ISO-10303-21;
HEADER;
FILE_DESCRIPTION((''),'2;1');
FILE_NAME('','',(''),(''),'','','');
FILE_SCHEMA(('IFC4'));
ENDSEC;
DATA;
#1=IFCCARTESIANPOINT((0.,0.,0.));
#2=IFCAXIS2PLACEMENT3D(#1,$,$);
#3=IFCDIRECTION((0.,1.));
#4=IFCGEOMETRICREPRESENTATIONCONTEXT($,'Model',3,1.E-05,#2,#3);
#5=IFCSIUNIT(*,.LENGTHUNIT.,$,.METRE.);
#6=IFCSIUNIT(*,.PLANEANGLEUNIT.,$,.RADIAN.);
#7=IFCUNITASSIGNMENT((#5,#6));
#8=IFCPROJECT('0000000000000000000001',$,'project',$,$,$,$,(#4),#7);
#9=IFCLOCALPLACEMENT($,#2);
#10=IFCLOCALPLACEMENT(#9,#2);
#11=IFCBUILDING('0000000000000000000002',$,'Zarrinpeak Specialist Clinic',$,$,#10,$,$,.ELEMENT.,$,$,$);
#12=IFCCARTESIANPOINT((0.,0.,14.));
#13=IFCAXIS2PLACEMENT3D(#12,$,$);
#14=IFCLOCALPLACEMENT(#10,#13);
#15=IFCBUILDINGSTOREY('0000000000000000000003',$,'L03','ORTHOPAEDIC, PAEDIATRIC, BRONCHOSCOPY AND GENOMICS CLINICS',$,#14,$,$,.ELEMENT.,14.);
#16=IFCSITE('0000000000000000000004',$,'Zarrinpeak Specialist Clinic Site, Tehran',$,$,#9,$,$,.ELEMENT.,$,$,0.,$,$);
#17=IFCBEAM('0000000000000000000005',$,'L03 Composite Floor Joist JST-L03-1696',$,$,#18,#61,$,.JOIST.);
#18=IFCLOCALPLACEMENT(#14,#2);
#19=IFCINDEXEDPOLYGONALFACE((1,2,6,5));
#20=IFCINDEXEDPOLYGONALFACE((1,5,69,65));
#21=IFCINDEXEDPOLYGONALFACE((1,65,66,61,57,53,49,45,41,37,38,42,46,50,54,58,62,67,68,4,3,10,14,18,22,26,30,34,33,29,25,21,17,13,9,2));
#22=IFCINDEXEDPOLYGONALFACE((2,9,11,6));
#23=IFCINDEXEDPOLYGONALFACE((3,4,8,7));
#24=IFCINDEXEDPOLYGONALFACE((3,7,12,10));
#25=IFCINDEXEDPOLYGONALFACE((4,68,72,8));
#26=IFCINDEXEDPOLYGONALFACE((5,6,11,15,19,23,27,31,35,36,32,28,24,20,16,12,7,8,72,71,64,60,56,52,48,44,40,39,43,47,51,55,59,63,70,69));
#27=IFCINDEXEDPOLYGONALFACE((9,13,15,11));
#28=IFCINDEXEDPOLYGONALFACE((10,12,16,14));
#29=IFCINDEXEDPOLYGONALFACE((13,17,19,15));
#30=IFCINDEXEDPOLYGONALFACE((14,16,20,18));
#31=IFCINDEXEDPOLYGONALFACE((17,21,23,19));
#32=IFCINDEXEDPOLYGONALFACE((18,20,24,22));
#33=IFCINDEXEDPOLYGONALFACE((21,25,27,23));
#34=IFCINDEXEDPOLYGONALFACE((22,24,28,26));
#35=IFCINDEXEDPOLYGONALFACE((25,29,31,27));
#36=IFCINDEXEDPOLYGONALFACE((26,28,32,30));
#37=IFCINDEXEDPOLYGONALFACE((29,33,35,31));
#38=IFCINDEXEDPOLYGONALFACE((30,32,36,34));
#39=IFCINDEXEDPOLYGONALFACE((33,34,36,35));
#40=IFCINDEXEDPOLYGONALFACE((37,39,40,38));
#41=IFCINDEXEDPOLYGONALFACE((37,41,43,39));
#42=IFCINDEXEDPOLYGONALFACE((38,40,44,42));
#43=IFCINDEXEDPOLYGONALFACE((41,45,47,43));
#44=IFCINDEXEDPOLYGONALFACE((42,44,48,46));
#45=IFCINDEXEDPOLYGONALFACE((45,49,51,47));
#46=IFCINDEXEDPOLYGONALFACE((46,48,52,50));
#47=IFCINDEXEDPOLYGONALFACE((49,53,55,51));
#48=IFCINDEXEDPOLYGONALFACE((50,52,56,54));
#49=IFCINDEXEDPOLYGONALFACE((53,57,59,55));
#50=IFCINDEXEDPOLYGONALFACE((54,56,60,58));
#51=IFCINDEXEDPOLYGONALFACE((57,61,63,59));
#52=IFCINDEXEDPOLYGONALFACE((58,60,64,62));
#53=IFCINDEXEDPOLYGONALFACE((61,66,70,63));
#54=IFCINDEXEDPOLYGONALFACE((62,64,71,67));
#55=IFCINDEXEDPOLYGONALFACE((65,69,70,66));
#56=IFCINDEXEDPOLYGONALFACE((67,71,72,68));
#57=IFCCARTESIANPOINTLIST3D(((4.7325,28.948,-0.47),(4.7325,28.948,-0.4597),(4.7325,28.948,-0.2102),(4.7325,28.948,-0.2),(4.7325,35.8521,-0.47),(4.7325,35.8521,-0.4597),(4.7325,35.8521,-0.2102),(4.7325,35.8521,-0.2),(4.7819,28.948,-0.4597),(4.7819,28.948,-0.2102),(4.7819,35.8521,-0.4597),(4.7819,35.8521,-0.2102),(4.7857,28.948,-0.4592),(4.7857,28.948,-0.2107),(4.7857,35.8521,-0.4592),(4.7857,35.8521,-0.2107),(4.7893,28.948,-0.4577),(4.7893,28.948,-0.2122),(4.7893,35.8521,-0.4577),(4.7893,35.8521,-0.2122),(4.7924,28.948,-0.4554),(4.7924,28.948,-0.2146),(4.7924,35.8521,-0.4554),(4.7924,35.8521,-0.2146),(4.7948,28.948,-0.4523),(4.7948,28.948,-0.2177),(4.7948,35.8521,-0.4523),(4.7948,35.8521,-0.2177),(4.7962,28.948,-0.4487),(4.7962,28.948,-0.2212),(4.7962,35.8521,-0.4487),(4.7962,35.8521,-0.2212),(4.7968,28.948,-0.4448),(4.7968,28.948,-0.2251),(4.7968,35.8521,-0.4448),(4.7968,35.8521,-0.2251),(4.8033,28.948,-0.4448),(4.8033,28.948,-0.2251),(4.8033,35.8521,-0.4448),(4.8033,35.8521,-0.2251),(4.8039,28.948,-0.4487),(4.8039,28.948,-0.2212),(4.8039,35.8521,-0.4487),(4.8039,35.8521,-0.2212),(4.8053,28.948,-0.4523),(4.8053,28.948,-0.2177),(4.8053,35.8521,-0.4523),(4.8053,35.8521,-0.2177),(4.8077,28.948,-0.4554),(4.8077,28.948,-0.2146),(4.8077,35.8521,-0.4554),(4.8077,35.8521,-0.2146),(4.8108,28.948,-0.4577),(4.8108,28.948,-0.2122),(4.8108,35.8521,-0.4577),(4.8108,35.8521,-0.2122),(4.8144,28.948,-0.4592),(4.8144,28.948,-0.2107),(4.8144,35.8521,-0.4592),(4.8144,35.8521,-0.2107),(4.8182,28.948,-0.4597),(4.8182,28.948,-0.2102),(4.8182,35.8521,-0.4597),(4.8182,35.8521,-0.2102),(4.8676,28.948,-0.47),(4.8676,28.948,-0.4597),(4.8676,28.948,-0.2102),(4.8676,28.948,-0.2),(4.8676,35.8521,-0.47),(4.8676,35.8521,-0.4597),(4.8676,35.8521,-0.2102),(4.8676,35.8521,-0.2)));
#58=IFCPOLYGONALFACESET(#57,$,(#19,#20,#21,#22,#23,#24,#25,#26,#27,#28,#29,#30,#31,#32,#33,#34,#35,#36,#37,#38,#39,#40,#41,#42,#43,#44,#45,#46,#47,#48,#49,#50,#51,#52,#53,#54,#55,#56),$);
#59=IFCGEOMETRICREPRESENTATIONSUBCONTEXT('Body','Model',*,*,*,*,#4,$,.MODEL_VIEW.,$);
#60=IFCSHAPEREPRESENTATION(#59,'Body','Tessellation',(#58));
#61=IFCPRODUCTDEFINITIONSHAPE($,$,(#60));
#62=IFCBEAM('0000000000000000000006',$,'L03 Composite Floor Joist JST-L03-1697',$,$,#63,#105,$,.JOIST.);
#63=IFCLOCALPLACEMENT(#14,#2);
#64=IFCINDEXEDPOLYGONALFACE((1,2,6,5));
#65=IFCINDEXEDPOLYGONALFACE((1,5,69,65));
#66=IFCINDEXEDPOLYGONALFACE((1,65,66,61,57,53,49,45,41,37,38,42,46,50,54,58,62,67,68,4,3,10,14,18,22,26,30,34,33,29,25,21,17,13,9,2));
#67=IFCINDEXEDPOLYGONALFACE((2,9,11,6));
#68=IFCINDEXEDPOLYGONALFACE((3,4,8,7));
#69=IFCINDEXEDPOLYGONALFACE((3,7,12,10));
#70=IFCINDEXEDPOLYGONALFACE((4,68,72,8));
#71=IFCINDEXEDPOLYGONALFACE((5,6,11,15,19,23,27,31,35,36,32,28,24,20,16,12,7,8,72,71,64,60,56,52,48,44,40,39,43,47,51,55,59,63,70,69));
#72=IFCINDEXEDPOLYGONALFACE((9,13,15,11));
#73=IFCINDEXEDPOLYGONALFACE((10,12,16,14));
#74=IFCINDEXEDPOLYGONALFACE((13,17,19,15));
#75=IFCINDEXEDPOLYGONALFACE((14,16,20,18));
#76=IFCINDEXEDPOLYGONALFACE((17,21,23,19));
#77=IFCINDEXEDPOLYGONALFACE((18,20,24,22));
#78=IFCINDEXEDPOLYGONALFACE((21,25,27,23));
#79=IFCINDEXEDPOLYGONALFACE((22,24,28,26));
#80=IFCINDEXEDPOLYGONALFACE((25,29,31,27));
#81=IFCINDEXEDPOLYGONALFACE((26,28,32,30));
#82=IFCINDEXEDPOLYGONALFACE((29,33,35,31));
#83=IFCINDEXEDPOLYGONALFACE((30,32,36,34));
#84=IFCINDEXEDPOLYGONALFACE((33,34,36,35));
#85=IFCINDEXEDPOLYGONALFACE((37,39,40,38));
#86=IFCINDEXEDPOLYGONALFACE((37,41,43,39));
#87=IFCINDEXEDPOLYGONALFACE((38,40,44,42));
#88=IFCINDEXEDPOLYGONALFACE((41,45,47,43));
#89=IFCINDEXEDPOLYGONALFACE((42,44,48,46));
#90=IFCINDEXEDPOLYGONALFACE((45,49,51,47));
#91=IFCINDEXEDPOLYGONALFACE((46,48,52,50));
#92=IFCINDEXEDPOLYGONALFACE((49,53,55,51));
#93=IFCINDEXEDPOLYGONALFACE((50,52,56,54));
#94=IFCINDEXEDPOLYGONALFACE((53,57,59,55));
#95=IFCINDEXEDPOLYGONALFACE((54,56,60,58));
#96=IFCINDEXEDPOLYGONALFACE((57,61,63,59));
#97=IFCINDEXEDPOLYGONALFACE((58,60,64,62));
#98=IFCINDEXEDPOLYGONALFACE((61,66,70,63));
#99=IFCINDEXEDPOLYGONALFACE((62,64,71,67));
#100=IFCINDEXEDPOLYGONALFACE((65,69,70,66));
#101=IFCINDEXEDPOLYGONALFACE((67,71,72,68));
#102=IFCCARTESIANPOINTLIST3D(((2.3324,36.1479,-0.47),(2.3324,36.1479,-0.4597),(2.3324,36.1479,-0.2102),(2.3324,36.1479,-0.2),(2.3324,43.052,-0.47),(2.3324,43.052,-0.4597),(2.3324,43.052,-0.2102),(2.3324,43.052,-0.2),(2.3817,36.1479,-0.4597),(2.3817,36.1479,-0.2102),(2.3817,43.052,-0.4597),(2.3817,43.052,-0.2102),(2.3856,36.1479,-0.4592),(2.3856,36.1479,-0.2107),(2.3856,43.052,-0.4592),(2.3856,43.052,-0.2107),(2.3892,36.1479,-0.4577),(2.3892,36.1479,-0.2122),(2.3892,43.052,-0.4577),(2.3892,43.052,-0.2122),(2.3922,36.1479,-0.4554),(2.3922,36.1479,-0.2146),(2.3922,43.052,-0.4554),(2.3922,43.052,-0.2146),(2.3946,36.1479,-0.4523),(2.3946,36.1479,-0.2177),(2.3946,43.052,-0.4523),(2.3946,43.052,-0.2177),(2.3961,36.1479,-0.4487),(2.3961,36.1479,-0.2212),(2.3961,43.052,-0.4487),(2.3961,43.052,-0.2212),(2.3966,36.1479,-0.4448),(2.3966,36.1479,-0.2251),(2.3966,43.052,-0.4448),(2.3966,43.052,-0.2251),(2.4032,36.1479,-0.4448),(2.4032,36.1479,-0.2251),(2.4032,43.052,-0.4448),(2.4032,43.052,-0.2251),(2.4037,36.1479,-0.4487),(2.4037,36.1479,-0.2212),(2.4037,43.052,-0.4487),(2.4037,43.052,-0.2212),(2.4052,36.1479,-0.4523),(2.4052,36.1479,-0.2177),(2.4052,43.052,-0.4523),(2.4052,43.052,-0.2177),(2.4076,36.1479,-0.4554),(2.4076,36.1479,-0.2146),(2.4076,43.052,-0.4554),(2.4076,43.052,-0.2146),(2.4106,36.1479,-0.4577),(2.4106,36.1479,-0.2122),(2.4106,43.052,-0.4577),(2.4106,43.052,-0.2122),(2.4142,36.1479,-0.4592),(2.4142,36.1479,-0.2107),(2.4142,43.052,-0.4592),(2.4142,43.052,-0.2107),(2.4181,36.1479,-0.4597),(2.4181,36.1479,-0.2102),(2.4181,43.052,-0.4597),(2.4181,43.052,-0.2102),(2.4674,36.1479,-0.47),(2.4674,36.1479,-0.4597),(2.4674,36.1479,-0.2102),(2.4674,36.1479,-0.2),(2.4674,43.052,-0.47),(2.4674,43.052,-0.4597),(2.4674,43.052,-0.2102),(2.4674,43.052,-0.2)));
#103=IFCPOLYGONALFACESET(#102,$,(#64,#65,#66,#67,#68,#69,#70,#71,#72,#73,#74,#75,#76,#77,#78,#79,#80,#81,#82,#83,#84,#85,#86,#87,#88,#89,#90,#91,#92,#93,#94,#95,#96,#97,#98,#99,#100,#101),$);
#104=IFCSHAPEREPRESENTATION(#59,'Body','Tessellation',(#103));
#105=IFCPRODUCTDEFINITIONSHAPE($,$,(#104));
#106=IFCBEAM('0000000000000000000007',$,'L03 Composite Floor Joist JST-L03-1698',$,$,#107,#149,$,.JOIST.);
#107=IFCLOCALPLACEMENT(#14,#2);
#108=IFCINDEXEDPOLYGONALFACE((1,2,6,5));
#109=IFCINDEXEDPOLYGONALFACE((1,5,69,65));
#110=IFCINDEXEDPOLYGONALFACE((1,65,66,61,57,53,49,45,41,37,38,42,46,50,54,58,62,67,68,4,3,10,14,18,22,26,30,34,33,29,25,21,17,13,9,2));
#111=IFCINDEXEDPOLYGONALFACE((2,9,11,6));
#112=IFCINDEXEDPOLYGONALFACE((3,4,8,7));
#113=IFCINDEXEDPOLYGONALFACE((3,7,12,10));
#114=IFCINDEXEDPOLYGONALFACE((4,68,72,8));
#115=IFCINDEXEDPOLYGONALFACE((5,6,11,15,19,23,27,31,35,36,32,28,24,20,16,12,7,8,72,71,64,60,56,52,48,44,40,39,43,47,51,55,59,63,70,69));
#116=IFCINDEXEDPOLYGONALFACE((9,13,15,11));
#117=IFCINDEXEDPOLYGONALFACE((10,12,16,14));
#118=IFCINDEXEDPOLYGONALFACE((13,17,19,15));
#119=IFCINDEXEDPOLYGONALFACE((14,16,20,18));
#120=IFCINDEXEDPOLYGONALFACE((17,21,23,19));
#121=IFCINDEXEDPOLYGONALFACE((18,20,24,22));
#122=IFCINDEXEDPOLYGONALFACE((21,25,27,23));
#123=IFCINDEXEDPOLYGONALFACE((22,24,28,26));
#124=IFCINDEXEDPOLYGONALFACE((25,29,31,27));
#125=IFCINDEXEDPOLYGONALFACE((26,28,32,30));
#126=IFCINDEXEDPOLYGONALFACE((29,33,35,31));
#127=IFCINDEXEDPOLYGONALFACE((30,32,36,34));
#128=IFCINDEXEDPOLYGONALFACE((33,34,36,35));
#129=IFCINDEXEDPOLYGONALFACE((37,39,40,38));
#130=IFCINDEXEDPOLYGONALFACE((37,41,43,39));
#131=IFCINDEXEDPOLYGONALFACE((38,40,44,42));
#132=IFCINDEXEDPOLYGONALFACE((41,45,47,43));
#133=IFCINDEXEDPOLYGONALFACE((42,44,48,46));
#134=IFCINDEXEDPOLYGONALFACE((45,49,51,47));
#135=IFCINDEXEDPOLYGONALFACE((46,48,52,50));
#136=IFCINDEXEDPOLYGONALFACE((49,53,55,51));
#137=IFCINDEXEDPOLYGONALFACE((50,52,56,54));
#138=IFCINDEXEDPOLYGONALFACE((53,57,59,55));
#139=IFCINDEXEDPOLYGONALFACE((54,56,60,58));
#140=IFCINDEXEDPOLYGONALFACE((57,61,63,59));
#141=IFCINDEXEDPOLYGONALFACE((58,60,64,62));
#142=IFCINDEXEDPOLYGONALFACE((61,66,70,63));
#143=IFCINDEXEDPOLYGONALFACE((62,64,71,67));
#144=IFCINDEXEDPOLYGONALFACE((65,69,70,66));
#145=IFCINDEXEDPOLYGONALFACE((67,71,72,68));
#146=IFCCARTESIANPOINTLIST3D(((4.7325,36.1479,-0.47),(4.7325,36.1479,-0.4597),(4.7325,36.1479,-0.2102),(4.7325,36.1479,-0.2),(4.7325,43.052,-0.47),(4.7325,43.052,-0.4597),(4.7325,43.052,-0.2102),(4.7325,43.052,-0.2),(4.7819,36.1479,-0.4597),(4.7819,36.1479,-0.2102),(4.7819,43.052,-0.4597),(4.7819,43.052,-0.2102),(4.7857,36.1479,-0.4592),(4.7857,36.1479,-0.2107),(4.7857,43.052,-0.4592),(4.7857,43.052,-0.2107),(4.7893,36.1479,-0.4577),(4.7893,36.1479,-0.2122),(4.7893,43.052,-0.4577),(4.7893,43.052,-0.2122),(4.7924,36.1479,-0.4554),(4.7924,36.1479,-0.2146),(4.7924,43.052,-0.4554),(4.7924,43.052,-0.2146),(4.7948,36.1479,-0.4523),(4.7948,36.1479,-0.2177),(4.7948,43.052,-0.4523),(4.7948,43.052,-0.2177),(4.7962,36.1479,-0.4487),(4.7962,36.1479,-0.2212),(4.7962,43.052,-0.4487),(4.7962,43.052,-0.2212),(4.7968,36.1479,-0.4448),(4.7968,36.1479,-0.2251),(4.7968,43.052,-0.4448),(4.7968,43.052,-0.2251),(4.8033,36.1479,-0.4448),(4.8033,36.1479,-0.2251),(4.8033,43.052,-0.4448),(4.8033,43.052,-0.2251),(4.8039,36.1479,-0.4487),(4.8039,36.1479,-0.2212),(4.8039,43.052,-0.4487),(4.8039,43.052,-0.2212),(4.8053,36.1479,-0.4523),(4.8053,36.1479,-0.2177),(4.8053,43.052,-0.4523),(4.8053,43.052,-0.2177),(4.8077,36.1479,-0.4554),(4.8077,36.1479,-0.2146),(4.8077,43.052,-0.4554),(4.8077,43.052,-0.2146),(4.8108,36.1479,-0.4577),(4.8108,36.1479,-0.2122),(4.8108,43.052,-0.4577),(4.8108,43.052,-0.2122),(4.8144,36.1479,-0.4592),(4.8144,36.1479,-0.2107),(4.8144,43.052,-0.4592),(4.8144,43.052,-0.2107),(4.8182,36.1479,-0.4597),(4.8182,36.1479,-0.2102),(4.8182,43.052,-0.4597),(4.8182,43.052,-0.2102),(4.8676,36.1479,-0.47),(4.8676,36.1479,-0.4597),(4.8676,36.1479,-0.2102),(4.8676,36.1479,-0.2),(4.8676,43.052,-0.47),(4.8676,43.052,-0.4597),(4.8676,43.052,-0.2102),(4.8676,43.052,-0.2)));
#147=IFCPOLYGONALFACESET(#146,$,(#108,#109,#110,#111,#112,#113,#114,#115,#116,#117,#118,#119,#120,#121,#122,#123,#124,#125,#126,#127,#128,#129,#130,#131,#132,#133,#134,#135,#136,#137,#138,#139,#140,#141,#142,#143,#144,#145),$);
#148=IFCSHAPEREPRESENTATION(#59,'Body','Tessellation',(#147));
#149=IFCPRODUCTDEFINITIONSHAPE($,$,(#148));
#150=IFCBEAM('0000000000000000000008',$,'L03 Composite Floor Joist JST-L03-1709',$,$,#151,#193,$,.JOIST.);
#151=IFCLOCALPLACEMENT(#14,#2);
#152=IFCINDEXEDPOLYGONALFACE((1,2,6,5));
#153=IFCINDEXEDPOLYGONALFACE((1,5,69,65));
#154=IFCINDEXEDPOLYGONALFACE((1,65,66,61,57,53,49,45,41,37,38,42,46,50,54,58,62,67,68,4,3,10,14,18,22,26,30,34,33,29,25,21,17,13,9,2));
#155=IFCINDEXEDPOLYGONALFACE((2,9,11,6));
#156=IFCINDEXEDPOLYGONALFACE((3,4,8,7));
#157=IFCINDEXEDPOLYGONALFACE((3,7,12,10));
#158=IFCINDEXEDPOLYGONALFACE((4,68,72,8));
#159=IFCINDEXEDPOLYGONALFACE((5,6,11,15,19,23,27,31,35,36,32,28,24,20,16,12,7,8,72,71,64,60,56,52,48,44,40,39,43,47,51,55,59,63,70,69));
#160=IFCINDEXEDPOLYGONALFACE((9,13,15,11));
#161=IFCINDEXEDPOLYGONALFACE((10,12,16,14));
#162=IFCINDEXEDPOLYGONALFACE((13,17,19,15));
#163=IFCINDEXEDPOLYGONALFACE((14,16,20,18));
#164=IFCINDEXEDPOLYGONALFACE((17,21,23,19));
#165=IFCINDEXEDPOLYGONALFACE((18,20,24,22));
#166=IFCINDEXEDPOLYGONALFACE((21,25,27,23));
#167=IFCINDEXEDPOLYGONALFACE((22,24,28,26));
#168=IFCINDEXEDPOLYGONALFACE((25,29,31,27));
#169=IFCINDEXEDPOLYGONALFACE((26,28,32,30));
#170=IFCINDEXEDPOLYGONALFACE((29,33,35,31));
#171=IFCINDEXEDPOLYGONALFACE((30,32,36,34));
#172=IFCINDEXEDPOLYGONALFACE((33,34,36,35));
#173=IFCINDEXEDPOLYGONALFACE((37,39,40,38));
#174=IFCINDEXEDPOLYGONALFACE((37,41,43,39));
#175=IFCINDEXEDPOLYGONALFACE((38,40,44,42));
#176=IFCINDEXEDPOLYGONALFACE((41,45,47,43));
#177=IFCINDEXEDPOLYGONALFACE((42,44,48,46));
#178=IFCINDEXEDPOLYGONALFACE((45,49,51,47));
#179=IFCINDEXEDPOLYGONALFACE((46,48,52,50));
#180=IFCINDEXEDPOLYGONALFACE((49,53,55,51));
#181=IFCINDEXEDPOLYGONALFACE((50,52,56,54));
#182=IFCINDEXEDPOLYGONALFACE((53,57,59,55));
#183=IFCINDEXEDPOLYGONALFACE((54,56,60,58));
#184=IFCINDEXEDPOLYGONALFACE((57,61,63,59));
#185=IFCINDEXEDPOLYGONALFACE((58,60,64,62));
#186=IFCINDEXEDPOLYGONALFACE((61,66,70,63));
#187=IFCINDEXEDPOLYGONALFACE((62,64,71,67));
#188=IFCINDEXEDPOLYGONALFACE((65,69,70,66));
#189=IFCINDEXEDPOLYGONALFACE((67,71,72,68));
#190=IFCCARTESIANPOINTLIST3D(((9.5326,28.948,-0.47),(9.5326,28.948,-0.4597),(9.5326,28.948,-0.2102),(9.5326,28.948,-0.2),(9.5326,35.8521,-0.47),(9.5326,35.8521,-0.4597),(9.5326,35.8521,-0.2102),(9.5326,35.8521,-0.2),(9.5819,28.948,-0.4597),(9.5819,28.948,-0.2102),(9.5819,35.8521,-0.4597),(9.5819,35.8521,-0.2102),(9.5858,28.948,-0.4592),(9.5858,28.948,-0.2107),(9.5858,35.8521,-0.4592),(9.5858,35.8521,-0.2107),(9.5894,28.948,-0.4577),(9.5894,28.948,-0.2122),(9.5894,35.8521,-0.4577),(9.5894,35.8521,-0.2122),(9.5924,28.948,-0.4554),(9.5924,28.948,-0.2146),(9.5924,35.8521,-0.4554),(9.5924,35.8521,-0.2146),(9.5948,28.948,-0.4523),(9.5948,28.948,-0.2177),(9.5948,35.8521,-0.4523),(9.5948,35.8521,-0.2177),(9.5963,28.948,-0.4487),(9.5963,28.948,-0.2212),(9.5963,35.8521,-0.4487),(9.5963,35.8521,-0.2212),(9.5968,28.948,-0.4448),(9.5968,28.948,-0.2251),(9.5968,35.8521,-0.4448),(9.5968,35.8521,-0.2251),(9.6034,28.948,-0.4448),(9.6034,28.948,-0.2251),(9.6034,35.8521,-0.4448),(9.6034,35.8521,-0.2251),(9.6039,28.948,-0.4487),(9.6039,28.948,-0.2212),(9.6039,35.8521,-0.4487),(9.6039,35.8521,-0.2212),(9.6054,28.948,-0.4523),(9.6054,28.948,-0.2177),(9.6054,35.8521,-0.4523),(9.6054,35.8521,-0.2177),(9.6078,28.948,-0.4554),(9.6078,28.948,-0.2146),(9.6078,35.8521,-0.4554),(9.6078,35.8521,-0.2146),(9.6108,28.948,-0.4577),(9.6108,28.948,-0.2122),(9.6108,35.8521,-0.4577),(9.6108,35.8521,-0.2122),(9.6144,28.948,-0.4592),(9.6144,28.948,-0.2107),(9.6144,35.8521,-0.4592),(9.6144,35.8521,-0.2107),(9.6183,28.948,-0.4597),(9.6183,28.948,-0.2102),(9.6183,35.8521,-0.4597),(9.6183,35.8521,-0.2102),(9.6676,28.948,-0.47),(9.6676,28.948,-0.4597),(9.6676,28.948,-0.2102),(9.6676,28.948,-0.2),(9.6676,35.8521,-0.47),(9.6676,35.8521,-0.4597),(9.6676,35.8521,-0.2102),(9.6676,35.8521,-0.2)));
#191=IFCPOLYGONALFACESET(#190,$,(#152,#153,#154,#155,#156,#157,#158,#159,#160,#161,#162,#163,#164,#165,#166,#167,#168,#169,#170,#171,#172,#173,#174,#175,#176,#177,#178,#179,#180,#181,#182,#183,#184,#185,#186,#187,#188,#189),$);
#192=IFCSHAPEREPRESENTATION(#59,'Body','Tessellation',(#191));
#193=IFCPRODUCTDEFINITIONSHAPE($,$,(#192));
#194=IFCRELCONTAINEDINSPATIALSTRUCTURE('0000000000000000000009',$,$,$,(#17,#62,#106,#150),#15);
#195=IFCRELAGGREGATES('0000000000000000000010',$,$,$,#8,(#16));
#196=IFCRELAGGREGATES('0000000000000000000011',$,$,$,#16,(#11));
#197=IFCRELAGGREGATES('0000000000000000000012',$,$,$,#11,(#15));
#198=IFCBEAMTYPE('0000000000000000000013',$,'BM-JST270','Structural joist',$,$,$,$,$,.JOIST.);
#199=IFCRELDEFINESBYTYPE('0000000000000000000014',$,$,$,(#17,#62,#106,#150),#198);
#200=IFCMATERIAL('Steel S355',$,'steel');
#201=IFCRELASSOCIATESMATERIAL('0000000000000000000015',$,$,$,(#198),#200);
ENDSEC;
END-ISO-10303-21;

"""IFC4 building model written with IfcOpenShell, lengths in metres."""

from ifc_helpers import new_model, si_unit, direction, frame, origin, origin_2d, place, context, subcontext, project, spatial, i_section, extrude, material, material_profile, profile_set, type_object, element, save


model = new_model("IFC4")

# Units and contexts
model_context = context("Model", 3, precision=1e-05, world=origin(), true_north=direction((0.0, 1.0)))
body_context = subcontext(model_context, "Body", "Model", "MODEL_VIEW")
ifc_project = project(units=[si_unit("LENGTHUNIT", "METRE"), si_unit("PLANEANGLEUNIT", "RADIAN")], contexts=[model_context])

# Site, building, storey
site_placement = place(None, origin())
site = spatial("IfcSite", under=ifc_project, at=site_placement, Name="Zarrinpeak Specialist Clinic Site, Tehran", CompositionType="ELEMENT", RefElevation=0.0)
building_placement = place(site_placement, origin())
building = spatial("IfcBuilding", under=site, at=building_placement, Name="Zarrinpeak Specialist Clinic", CompositionType="ELEMENT")
storey_placement = place(building_placement, frame((0.0, 0.0, 14.0)))
storey = spatial("IfcBuildingStorey", under=building, at=storey_placement, Name="L03", Description="ORTHOPAEDIC, PAEDIATRIC, BRONCHOSCOPY AND GENOMICS CLINICS", CompositionType="ELEMENT", Elevation=14.0)

# Shared definitions
ifc_material_1 = material(Name="Steel S355", Category="steel")

# Beams
ifc_material_profile_1 = material_profile(ifc_material_1, i_section(OverallWidth=0.135, OverallDepth=0.27, WebThickness=0.0066, FlangeThickness=0.0103, FilletRadius=0.0149, at=origin_2d()), Name="IPE 270")
ifc_profile_set_1 = profile_set([ifc_material_profile_1], Name="Steel S355")
beam_type_1 = type_object("IfcBeamType", Name="BM-JST270", Description="Structural joist", PredefinedType="JOIST", material=ifc_profile_set_1)
for number, where, z_axis, x_axis, name in (
    (1, (4.8, 28.948, -0.335), (0.0, 1.0, 0.0), (-1.0, 0.0, 0.0), "L03 Composite Floor Joist JST-L03-1696"),
    (2, (2.3999, 36.1479, -0.335), (0.0, 1.0, 0.0), (-1.0, 0.0, 0.0), "L03 Composite Floor Joist JST-L03-1697"),
    (3, (4.8, 36.1479, -0.335), (0.0, 1.0, 0.0), (-1.0, 0.0, 0.0), "L03 Composite Floor Joist JST-L03-1698"),
    (4, (9.6001, 28.948, -0.335), (0.0, 1.0, 0.0), (-1.0, 0.0, 0.0), "L03 Composite Floor Joist JST-L03-1709"),
):
    element("IfcBeam", number, at=place(storey_placement, frame(where, z_axis=z_axis, x_axis=x_axis)), inside=storey, type_object=beam_type_1, Name=name, PredefinedType="JOIST", context=body_context, shape_type="SweptSolid", body=[
        extrude(i_section(OverallWidth=0.135, OverallDepth=0.27, WebThickness=0.0066, FlangeThickness=0.0103, FilletRadius=0.0149, at=origin_2d()), origin(), (0.0, 0.0, 1.0), 6.9041),
    ])

save(model, "model.ifc")
